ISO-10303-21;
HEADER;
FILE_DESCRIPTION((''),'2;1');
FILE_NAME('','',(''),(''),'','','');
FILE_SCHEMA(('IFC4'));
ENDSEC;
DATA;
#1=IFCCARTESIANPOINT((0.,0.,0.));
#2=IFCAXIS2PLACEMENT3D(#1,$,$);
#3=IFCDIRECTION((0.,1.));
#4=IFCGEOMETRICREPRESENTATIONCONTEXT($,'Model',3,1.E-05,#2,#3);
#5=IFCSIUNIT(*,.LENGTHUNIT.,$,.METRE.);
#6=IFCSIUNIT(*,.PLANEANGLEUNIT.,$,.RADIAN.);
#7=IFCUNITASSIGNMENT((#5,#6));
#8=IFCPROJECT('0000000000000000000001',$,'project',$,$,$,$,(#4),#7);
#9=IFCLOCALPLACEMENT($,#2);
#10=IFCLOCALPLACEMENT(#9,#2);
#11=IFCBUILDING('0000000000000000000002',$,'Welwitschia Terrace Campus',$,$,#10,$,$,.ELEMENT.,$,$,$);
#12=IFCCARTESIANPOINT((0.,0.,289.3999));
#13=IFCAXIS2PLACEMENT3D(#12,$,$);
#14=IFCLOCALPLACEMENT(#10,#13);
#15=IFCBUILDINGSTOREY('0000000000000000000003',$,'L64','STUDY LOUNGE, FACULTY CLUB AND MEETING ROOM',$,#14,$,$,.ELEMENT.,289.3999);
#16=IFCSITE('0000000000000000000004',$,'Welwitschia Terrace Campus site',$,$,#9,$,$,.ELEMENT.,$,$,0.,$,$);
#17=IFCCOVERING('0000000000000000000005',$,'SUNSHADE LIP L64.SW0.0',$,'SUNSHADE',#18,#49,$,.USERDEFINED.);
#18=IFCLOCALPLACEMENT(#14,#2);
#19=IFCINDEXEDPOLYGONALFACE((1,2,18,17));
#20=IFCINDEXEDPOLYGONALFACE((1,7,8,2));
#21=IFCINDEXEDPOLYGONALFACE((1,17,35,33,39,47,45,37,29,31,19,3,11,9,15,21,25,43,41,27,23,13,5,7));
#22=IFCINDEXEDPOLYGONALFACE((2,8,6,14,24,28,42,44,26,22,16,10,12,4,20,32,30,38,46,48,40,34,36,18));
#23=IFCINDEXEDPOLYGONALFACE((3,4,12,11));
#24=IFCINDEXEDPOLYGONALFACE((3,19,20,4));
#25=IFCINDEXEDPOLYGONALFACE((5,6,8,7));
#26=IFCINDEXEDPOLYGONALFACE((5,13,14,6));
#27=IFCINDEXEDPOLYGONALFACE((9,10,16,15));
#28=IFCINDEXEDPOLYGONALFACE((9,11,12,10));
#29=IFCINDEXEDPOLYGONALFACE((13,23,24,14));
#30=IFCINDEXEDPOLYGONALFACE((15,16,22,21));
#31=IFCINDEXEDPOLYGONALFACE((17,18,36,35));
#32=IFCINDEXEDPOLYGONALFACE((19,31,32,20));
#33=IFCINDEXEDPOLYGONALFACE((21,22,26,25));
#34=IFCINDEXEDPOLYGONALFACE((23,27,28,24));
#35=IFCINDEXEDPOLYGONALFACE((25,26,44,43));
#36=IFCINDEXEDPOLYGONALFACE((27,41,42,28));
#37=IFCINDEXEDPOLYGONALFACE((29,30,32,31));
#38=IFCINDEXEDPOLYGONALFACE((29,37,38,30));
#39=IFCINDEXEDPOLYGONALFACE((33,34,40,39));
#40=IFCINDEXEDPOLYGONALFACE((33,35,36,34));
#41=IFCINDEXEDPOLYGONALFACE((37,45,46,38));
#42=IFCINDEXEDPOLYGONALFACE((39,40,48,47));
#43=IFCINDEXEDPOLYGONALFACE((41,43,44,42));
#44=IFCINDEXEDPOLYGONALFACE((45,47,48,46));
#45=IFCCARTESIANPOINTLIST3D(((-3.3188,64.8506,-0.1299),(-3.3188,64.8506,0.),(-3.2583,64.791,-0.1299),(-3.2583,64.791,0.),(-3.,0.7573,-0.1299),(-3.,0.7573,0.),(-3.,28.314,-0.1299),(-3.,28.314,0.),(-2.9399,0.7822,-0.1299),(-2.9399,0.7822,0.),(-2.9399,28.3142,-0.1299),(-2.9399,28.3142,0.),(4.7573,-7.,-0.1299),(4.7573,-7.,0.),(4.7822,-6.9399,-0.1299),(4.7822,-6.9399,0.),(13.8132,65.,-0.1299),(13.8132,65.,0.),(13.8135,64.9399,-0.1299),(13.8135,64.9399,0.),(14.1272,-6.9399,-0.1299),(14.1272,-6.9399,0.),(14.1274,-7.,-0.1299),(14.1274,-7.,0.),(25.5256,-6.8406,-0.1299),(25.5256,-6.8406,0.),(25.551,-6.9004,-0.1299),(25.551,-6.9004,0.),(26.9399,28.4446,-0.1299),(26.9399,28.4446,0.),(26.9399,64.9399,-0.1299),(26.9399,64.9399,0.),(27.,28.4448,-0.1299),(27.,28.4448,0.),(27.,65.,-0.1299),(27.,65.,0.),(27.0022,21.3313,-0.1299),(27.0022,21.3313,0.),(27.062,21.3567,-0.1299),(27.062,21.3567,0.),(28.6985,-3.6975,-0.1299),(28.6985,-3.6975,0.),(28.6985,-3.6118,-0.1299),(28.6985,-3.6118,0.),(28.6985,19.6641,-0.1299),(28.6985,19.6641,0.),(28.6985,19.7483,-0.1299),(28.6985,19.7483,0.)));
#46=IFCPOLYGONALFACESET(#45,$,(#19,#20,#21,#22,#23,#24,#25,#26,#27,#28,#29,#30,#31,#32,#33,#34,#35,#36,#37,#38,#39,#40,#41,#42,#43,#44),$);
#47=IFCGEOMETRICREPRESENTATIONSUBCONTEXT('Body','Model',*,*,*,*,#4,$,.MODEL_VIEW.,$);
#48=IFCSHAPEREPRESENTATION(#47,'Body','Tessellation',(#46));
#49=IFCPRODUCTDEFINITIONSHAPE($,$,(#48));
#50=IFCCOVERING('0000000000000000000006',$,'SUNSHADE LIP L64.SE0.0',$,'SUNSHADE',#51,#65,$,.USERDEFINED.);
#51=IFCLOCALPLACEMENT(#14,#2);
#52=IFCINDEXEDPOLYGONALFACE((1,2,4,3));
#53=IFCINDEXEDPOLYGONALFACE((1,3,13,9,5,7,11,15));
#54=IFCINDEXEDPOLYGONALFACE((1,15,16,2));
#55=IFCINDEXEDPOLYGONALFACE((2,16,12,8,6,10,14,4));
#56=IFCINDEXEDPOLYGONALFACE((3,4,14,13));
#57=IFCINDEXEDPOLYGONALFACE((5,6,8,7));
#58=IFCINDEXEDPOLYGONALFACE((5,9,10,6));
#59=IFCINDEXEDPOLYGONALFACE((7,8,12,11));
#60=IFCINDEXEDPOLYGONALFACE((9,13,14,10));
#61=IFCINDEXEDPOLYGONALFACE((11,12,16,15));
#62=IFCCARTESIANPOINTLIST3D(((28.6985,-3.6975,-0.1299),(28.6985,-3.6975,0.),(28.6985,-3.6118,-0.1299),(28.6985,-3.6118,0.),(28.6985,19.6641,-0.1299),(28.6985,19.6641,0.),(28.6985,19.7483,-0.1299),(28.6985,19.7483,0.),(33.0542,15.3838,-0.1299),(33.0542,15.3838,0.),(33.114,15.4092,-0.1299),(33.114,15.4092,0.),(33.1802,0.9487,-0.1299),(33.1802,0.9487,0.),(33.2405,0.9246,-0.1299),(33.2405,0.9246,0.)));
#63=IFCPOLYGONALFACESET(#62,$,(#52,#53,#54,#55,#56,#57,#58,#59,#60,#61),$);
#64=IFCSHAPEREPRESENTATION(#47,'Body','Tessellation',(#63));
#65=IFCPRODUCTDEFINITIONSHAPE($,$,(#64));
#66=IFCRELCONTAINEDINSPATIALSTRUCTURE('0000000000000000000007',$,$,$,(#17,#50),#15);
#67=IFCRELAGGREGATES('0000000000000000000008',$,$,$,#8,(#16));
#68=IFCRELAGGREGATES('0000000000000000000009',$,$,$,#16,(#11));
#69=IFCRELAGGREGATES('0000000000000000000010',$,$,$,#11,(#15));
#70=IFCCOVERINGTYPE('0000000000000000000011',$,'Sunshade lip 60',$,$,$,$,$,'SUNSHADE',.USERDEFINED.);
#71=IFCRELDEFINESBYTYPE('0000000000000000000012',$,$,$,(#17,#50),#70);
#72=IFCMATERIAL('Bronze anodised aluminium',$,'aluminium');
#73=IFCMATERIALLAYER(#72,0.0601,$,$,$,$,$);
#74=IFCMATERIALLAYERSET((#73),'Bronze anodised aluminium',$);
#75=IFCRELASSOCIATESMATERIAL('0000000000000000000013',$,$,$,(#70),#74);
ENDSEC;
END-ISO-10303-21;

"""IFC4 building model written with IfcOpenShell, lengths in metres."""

from ifc_helpers import new_model, si_unit, direction, frame, origin, place, context, subcontext, project, spatial, polyline, outline, extrude, material, layer, layer_set, type_object, element, save


model = new_model("IFC4")

# Units and contexts
model_context = context("Model", 3, precision=1e-05, world=origin(), true_north=direction((0.0, 1.0)))
body_context = subcontext(model_context, "Body", "Model", "MODEL_VIEW")
ifc_project = project(units=[si_unit("LENGTHUNIT", "METRE"), si_unit("PLANEANGLEUNIT", "RADIAN")], contexts=[model_context])

# Site, building, storey
site_placement = place(None, origin())
site = spatial("IfcSite", under=ifc_project, at=site_placement, Name="Welwitschia Terrace Campus site", CompositionType="ELEMENT", RefElevation=0.0)
building_placement = place(site_placement, origin())
building = spatial("IfcBuilding", under=site, at=building_placement, Name="Welwitschia Terrace Campus", CompositionType="ELEMENT")
storey_placement = place(building_placement, frame((0.0, 0.0, 289.3999)))
storey = spatial("IfcBuildingStorey", under=building, at=storey_placement, Name="L64", Description="STUDY LOUNGE, FACULTY CLUB AND MEETING ROOM", CompositionType="ELEMENT", Elevation=289.3999)

# Coverings
ifc_material_1 = material(Name="Bronze anodised aluminium", Category="aluminium")
ifc_layer_1 = layer(ifc_material_1, 0.0601)
ifc_layer_set_1 = layer_set([ifc_layer_1], Name="Bronze anodised aluminium")
covering_type_1 = type_object("IfcCoveringType", Name="Sunshade lip 60", ElementType="SUNSHADE", PredefinedType="USERDEFINED", material=ifc_layer_set_1)
covering_1_placement = place(storey_placement, frame((0.0, 0.0, -0.1299)))
element("IfcCovering", 1, at=covering_1_placement, inside=storey, type_object=covering_type_1, Name="SUNSHADE LIP L64.SW0.0", ObjectType="SUNSHADE", PredefinedType="USERDEFINED", context=body_context, shape_type="SweptSolid", body=[
    extrude(outline(polyline([(27.0, 28.4448), (27.062, 21.3567), (28.6985, 19.7483), (28.6985, 19.6641), (27.0022, 21.3313), (26.9399, 28.4446), (26.9399, 64.9399), (13.8135, 64.9399), (-3.2583, 64.791), (-2.9399, 28.3142), (-2.9399, 0.7822), (4.7822, -6.9399), (14.1272, -6.9399), (25.5256, -6.8406), (28.6985, -3.6118), (28.6985, -3.6975), (25.551, -6.9004), (14.1274, -7.0), (4.7573, -7.0), (-3.0, 0.7573), (-3.0, 28.314), (-3.3188, 64.8506), (13.8132, 65.0), (27.0, 65.0), (27.0, 28.4448)])), origin(), (0.0, 0.0, 1.0), 0.1299),
])
covering_2_placement = place(storey_placement, frame((0.0, 0.0, -0.1299)))
element("IfcCovering", 2, at=covering_2_placement, inside=storey, type_object=covering_type_1, Name="SUNSHADE LIP L64.SE0.0", ObjectType="SUNSHADE", PredefinedType="USERDEFINED", context=body_context, shape_type="SweptSolid", body=[
    extrude(outline(polyline([(33.2405, 0.9246), (28.6985, -3.6975), (28.6985, -3.6118), (33.1802, 0.9487), (33.0542, 15.3838), (28.6985, 19.6641), (28.6985, 19.7483), (33.114, 15.4092), (33.2405, 0.9246)])), origin(), (0.0, 0.0, 1.0), 0.1299),
])

save(model, "model.ifc")
